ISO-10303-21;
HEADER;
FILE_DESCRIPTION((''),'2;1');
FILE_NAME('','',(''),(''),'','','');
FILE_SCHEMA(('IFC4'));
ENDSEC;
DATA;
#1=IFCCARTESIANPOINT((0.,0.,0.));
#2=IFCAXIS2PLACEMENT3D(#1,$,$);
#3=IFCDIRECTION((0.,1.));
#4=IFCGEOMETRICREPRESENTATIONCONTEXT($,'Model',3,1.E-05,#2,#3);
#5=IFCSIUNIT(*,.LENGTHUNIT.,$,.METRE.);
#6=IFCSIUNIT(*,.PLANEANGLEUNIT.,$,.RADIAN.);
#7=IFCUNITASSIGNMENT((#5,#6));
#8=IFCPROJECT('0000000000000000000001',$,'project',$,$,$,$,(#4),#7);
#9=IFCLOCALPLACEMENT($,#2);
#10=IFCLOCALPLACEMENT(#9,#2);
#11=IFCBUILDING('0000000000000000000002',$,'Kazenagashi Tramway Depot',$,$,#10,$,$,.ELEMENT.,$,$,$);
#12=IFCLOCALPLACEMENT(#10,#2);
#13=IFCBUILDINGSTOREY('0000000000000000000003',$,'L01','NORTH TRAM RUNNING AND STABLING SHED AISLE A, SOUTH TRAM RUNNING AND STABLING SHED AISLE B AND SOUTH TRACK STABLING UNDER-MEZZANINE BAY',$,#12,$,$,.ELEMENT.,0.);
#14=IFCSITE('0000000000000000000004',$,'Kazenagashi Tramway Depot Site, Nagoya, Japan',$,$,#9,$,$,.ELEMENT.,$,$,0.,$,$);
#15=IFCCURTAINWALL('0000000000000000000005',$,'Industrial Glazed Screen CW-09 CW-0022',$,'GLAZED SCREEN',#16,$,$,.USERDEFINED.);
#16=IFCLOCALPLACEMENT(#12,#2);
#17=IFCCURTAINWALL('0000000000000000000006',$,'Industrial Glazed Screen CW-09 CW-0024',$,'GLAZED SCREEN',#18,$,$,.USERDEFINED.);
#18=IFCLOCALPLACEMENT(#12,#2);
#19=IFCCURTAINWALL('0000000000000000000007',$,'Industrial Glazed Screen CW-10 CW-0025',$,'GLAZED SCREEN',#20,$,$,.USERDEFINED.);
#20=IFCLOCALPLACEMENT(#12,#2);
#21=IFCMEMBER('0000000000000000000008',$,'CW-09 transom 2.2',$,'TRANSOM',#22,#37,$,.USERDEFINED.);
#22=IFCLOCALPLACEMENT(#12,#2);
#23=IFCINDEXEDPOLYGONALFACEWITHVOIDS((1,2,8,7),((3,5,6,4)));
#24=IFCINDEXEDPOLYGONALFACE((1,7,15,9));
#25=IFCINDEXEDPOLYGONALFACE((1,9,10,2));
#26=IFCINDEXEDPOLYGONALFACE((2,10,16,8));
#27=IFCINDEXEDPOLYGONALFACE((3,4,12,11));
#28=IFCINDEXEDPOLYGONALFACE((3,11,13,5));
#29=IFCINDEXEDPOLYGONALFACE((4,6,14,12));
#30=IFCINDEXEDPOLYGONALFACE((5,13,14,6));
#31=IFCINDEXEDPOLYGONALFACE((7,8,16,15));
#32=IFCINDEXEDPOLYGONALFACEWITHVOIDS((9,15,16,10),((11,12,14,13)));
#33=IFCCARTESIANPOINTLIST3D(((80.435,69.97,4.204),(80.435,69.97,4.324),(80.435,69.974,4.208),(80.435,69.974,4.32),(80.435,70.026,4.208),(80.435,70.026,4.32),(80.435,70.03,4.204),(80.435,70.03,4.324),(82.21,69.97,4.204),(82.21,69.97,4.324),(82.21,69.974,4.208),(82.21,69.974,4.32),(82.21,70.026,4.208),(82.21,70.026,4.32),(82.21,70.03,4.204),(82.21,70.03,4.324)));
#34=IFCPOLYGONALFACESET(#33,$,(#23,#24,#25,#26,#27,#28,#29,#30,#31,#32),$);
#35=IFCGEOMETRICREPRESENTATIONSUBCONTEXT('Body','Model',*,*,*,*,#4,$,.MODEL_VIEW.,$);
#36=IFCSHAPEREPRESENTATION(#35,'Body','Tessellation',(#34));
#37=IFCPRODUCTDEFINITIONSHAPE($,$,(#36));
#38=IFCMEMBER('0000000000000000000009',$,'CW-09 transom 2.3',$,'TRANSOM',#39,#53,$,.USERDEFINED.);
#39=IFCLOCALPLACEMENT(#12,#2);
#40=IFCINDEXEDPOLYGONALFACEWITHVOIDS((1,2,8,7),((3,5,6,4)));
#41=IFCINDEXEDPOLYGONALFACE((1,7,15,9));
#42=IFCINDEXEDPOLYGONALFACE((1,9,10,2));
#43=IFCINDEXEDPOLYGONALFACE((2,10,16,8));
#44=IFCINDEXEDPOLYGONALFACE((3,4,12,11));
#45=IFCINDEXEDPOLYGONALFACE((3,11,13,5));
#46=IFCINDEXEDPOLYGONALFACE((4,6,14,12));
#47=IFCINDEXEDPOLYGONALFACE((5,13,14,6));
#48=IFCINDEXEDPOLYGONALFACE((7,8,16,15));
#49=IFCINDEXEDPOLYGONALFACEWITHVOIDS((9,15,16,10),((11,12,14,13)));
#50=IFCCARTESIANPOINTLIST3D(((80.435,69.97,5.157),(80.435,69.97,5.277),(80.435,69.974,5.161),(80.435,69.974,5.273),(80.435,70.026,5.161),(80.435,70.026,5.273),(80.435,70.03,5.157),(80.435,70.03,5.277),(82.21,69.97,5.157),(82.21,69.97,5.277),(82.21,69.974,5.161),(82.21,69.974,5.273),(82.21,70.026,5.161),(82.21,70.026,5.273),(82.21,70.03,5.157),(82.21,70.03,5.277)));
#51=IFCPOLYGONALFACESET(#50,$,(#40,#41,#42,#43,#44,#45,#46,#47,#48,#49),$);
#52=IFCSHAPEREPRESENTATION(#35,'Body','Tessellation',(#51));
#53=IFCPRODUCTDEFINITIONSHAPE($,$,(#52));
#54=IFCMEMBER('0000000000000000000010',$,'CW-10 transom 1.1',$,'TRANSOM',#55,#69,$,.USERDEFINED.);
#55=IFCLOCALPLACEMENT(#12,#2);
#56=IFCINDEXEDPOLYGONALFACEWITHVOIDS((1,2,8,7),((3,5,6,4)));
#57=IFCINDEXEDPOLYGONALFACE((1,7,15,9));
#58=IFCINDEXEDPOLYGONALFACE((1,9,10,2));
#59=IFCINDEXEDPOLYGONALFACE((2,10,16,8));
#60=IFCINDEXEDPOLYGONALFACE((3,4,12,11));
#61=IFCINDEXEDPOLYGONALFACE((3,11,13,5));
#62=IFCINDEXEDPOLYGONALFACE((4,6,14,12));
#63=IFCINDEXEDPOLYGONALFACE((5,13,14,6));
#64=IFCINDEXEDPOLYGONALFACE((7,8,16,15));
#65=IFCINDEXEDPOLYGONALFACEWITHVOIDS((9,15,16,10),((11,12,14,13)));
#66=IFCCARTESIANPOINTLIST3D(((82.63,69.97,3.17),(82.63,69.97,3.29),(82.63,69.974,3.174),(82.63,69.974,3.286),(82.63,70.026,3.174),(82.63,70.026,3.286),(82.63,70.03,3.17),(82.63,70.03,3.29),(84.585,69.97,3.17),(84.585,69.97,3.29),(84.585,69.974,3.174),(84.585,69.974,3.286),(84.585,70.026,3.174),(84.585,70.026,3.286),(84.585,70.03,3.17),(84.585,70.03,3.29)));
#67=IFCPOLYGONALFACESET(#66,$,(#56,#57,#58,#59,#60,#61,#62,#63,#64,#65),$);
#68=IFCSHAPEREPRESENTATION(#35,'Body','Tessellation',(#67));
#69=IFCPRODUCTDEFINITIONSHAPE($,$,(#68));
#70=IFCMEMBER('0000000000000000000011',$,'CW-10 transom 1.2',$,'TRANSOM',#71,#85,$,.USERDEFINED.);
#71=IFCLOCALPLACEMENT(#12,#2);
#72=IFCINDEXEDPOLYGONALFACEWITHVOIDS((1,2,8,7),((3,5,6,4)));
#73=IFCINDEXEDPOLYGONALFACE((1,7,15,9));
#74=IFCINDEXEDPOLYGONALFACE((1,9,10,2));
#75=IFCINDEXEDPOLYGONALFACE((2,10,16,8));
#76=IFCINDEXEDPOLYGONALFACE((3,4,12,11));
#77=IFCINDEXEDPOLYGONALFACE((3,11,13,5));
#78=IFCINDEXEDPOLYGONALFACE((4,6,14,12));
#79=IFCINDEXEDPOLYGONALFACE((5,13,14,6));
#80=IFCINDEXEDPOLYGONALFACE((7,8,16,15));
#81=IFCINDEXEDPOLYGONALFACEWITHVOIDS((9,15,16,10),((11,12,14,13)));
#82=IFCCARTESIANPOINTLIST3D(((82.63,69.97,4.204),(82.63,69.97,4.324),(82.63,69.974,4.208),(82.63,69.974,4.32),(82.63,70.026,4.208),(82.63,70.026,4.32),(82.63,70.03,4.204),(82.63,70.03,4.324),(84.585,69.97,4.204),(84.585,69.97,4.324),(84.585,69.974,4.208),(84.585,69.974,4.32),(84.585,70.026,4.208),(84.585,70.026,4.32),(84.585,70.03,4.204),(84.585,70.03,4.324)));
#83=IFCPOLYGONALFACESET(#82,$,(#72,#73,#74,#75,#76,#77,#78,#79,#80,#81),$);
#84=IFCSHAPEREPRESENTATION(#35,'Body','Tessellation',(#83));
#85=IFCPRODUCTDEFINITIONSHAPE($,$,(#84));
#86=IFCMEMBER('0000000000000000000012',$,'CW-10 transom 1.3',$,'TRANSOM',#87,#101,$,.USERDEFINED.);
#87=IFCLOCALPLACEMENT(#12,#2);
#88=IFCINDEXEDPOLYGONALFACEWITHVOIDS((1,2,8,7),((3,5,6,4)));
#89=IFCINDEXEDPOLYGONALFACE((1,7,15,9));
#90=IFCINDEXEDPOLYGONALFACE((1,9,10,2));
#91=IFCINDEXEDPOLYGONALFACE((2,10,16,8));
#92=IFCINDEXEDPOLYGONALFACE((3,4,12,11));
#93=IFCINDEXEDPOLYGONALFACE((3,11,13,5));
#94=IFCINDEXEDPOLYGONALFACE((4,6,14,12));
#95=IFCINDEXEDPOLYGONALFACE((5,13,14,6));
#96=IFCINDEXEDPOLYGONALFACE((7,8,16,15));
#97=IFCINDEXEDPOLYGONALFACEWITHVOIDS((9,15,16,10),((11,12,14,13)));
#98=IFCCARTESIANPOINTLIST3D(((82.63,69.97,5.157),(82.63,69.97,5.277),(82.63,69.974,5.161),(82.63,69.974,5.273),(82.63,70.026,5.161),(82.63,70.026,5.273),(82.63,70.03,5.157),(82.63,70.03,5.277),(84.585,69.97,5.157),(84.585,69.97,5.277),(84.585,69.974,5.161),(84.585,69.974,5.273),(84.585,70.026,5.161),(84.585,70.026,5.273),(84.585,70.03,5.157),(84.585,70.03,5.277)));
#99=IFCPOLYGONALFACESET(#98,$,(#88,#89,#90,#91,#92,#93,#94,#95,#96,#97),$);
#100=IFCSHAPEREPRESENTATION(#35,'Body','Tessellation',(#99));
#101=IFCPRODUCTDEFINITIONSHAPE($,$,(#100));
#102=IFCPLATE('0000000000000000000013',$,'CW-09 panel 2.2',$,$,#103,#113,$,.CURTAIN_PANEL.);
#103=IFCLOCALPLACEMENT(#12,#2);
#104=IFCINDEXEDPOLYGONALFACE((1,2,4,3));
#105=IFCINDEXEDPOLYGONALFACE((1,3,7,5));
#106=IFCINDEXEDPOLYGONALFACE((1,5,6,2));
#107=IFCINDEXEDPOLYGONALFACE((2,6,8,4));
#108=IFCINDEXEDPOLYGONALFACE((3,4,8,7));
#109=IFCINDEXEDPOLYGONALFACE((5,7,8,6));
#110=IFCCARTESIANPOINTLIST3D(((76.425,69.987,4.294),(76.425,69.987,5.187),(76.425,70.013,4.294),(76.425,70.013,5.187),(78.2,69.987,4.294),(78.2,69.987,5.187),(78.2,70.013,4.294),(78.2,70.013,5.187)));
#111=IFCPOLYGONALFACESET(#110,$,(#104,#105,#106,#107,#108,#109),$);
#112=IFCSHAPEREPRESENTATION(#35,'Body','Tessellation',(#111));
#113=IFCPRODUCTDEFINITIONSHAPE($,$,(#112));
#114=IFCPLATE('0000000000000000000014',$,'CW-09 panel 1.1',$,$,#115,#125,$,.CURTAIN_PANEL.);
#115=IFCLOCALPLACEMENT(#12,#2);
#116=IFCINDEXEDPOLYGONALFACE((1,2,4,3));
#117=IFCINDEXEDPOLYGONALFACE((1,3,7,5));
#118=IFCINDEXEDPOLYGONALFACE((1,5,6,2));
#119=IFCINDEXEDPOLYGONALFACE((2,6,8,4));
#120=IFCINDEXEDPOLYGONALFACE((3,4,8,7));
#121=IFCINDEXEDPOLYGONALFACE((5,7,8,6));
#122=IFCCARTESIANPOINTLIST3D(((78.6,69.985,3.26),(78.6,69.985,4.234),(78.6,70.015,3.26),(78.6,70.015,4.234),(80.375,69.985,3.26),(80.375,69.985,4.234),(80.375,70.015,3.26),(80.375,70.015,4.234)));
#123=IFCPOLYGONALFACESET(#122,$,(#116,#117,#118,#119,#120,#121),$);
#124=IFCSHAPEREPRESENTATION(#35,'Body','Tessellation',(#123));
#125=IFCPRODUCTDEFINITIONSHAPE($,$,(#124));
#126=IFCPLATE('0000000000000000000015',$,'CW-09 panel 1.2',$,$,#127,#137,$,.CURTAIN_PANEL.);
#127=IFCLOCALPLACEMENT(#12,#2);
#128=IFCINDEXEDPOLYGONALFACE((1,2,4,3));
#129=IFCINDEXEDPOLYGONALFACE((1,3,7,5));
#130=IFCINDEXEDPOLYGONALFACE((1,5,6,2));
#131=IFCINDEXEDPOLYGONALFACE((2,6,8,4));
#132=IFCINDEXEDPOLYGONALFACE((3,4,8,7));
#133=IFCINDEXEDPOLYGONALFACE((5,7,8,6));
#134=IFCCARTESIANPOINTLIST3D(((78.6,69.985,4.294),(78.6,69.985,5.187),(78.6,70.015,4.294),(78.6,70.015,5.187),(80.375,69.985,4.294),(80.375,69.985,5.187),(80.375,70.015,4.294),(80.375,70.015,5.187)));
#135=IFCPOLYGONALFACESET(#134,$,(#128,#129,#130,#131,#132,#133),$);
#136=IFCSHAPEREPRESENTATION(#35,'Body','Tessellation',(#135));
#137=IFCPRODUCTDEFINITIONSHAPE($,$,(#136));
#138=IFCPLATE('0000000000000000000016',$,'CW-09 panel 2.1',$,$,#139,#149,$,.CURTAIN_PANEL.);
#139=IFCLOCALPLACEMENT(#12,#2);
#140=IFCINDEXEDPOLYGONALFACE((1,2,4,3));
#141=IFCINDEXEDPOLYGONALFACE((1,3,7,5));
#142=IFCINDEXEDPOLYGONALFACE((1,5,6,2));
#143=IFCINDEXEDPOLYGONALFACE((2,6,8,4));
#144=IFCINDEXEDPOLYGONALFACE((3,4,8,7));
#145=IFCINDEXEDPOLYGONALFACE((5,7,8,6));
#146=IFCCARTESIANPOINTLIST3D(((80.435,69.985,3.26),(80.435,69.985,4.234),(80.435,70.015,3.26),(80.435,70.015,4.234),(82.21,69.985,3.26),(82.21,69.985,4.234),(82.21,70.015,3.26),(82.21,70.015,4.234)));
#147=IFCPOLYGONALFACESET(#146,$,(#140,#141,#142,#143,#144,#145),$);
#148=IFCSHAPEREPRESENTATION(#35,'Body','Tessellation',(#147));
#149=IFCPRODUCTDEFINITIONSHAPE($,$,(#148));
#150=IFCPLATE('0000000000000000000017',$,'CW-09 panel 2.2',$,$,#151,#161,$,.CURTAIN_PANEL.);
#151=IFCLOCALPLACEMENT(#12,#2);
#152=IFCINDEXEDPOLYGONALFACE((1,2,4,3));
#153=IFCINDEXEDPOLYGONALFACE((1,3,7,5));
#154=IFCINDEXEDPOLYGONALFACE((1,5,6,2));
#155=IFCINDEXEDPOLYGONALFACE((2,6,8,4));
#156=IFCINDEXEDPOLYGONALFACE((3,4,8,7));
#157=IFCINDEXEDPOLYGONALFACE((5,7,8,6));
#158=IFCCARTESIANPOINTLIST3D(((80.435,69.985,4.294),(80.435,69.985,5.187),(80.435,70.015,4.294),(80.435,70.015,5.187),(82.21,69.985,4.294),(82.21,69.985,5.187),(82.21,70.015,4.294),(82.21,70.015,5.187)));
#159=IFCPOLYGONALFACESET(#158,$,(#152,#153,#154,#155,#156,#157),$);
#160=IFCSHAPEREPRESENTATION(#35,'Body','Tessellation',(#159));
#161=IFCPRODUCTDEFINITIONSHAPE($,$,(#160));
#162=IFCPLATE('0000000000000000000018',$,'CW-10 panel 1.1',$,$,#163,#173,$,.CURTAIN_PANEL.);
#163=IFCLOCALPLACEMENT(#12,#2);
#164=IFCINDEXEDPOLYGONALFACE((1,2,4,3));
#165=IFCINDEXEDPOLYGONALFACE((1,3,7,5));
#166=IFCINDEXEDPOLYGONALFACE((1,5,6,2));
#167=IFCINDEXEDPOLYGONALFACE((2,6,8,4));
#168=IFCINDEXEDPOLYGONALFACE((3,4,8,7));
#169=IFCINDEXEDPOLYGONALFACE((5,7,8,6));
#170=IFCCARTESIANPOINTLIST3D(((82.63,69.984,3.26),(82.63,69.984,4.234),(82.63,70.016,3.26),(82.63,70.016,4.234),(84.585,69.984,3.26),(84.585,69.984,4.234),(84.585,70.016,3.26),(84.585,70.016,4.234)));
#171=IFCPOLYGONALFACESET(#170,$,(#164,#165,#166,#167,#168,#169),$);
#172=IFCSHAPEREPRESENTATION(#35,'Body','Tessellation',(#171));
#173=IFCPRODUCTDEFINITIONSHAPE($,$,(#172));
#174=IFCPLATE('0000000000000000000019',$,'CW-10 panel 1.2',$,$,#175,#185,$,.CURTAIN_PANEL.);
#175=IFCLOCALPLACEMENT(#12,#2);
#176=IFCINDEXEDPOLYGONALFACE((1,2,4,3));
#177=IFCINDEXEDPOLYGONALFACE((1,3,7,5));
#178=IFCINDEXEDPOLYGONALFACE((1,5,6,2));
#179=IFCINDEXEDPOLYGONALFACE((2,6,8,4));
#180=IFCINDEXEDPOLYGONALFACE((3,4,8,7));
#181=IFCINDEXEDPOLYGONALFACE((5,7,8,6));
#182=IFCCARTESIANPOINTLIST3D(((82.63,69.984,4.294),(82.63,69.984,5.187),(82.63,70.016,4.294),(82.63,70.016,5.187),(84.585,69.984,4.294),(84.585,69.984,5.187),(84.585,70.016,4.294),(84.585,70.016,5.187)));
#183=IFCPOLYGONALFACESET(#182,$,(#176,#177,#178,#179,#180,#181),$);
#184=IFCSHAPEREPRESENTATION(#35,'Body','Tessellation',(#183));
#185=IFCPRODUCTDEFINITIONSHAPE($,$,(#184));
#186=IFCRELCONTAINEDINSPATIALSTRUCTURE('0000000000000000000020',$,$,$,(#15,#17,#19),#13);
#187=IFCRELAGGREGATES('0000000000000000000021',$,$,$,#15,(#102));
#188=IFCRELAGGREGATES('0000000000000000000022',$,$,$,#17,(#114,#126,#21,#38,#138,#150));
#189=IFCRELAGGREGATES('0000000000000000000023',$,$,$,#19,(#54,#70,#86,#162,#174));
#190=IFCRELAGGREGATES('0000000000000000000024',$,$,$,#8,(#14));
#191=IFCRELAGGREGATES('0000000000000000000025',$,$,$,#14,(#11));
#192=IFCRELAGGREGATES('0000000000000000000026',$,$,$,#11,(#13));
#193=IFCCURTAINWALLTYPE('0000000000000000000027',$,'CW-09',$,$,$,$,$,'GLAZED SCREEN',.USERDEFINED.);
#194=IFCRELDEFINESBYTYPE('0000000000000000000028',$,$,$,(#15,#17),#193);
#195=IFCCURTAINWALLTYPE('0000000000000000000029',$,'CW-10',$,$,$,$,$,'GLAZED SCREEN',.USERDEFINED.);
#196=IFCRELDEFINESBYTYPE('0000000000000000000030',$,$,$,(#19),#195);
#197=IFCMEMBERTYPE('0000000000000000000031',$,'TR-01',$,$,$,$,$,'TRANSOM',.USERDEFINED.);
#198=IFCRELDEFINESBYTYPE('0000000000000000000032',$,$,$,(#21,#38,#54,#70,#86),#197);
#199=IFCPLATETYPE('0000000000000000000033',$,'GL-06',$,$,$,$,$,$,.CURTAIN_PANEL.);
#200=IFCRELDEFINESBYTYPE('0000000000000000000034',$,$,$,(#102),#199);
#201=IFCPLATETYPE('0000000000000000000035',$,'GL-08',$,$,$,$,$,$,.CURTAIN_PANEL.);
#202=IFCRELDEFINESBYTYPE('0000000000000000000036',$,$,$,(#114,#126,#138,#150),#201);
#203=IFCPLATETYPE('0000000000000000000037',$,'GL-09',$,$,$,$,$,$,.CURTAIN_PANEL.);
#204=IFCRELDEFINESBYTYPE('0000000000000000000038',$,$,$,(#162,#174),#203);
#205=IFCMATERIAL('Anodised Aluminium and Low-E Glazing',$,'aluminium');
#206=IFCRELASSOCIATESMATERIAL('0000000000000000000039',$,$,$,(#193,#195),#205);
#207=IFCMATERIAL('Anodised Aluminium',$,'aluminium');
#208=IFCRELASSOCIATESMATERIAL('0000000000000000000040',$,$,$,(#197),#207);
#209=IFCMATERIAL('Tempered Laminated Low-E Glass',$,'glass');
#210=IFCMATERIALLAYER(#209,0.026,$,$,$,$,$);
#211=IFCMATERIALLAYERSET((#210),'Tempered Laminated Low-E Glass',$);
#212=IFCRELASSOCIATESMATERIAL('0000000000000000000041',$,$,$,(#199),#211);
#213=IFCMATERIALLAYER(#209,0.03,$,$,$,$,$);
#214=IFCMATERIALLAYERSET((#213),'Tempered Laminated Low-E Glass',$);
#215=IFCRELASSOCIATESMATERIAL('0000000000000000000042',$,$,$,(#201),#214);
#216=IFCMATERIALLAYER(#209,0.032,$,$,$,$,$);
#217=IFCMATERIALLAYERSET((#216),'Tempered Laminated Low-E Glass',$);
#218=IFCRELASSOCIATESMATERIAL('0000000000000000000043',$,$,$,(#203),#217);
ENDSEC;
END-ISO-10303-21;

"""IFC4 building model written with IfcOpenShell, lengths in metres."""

from ifc_helpers import new_model, si_unit, direction, frame, origin, origin_2d, place, context, subcontext, project, spatial, rectangle, hollow_rectangle, extrude, material, layer, layer_set, material_profile, profile_set, type_object, element, aggregate, save


model = new_model("IFC4")

# Units and contexts
model_context = context("Model", 3, precision=1e-05, world=origin(), true_north=direction((0.0, 1.0)))
body_context = subcontext(model_context, "Body", "Model", "MODEL_VIEW")
ifc_project = project(units=[si_unit("LENGTHUNIT", "METRE"), si_unit("PLANEANGLEUNIT", "RADIAN")], contexts=[model_context])

# Site, building, storey
site_placement = place(None, origin())
site = spatial("IfcSite", under=ifc_project, at=site_placement, Name="Kazenagashi Tramway Depot Site, Nagoya, Japan", CompositionType="ELEMENT", RefElevation=0.0)
building_placement = place(site_placement, origin())
building = spatial("IfcBuilding", under=site, at=building_placement, Name="Kazenagashi Tramway Depot", CompositionType="ELEMENT")
storey_placement = place(building_placement, origin())
storey = spatial("IfcBuildingStorey", under=building, at=storey_placement, Name="L01", Description="NORTH TRAM RUNNING AND STABLING SHED AISLE A, SOUTH TRAM RUNNING AND STABLING SHED AISLE B AND SOUTH TRACK STABLING UNDER-MEZZANINE BAY", CompositionType="ELEMENT", Elevation=0.0)

# Curtain wall
ifc_material_1 = material(Name="Anodised Aluminium and Low-E Glazing", Category="aluminium")
curtain_wall_type_1 = type_object("IfcCurtainWallType", Name="CW-09", ElementType="GLAZED SCREEN", PredefinedType="USERDEFINED", material=ifc_material_1)
curtain_wall_1_placement = place(storey_placement, origin())
curtain_wall_1 = element("IfcCurtainWall", 1, at=curtain_wall_1_placement, inside=storey, type_object=curtain_wall_type_1, Name="Industrial Glazed Screen CW-09 CW-0022", ObjectType="GLAZED SCREEN", PredefinedType="USERDEFINED")
ifc_material_2 = material(Name="Anodised Aluminium", Category="aluminium")

# Curtain wall
curtain_wall_2_placement = place(storey_placement, origin())
curtain_wall_2 = element("IfcCurtainWall", 2, at=curtain_wall_2_placement, inside=storey, type_object=curtain_wall_type_1, Name="Industrial Glazed Screen CW-09 CW-0024", ObjectType="GLAZED SCREEN", PredefinedType="USERDEFINED")

# Curtain wall
curtain_wall_type_2 = type_object("IfcCurtainWallType", Name="CW-10", ElementType="GLAZED SCREEN", PredefinedType="USERDEFINED", material=ifc_material_1)
curtain_wall_3_placement = place(storey_placement, origin())
curtain_wall_3 = element("IfcCurtainWall", 3, at=curtain_wall_3_placement, inside=storey, type_object=curtain_wall_type_2, Name="Industrial Glazed Screen CW-10 CW-0025", ObjectType="GLAZED SCREEN", PredefinedType="USERDEFINED")

# Members
ifc_material_profile_1 = material_profile(ifc_material_2, hollow_rectangle(XDim=0.06, YDim=0.12, WallThickness=0.004, at=origin_2d()), Name="RHS-120x60x4")
ifc_profile_set_1 = profile_set([ifc_material_profile_1], Name="Anodised Aluminium")
member_type_1 = type_object("IfcMemberType", Name="TR-01", ElementType="TRANSOM", PredefinedType="USERDEFINED", material=ifc_profile_set_1)
member_1_placement = place(storey_placement, frame((80.435, 70.0, 4.264), z_axis=(1.0, 0.0, 0.0), x_axis=(0.0, 1.0, 0.0)))
member_1 = element("IfcMember", 4, at=member_1_placement, type_object=member_type_1, Name="CW-09 transom 2.2", ObjectType="TRANSOM", PredefinedType="USERDEFINED", context=body_context, shape_type="SweptSolid", body=[
    extrude(hollow_rectangle(XDim=0.06, YDim=0.12, WallThickness=0.004, at=origin_2d()), origin(), (0.0, 0.0, 1.0), 1.775),
])
member_2_placement = place(storey_placement, frame((80.435, 70.0, 5.217), z_axis=(1.0, 0.0, 0.0), x_axis=(0.0, 1.0, 0.0)))
member_2 = element("IfcMember", 5, at=member_2_placement, type_object=member_type_1, Name="CW-09 transom 2.3", ObjectType="TRANSOM", PredefinedType="USERDEFINED", context=body_context, shape_type="SweptSolid", body=[
    extrude(hollow_rectangle(XDim=0.06, YDim=0.12, WallThickness=0.004, at=origin_2d()), origin(), (0.0, 0.0, 1.0), 1.775),
])
member_3_placement = place(storey_placement, frame((82.63, 70.0, 3.23), z_axis=(1.0, 0.0, 0.0), x_axis=(0.0, 1.0, 0.0)))
member_3 = element("IfcMember", 6, at=member_3_placement, type_object=member_type_1, Name="CW-10 transom 1.1", ObjectType="TRANSOM", PredefinedType="USERDEFINED", context=body_context, shape_type="SweptSolid", body=[
    extrude(hollow_rectangle(XDim=0.06, YDim=0.12, WallThickness=0.004, at=origin_2d()), origin(), (0.0, 0.0, 1.0), 1.955),
])
member_4_placement = place(storey_placement, frame((82.63, 70.0, 4.264), z_axis=(1.0, 0.0, 0.0), x_axis=(0.0, 1.0, 0.0)))
member_4 = element("IfcMember", 7, at=member_4_placement, type_object=member_type_1, Name="CW-10 transom 1.2", ObjectType="TRANSOM", PredefinedType="USERDEFINED", context=body_context, shape_type="SweptSolid", body=[
    extrude(hollow_rectangle(XDim=0.06, YDim=0.12, WallThickness=0.004, at=origin_2d()), origin(), (0.0, 0.0, 1.0), 1.955),
])
member_5_placement = place(storey_placement, frame((82.63, 70.0, 5.217), z_axis=(1.0, 0.0, 0.0), x_axis=(0.0, 1.0, 0.0)))
member_5 = element("IfcMember", 8, at=member_5_placement, type_object=member_type_1, Name="CW-10 transom 1.3", ObjectType="TRANSOM", PredefinedType="USERDEFINED", context=body_context, shape_type="SweptSolid", body=[
    extrude(hollow_rectangle(XDim=0.06, YDim=0.12, WallThickness=0.004, at=origin_2d()), origin(), (0.0, 0.0, 1.0), 1.955),
])

# Plates
ifc_material_3 = material(Name="Tempered Laminated Low-E Glass", Category="glass")
ifc_layer_1 = layer(ifc_material_3, 0.026)
ifc_layer_set_1 = layer_set([ifc_layer_1], Name="Tempered Laminated Low-E Glass")
plate_type_1 = type_object("IfcPlateType", Name="GL-06", PredefinedType="CURTAIN_PANEL", material=ifc_layer_set_1)
plate_1_placement = place(storey_placement, frame((77.3125, 70.0, 4.294), z_axis=(0.0, 0.0, 1.0), x_axis=(1.0, 0.0, 0.0)))
plate_1 = element("IfcPlate", 9, at=plate_1_placement, type_object=plate_type_1, Name="CW-09 panel 2.2", PredefinedType="CURTAIN_PANEL", context=body_context, shape_type="SweptSolid", body=[
    extrude(rectangle(XDim=1.775, YDim=0.026, at=origin_2d()), origin(), (0.0, 0.0, 1.0), 0.893),
])
aggregate(curtain_wall_1, [plate_1])
ifc_layer_2 = layer(ifc_material_3, 0.03)
ifc_layer_set_2 = layer_set([ifc_layer_2], Name="Tempered Laminated Low-E Glass")
plate_type_2 = type_object("IfcPlateType", Name="GL-08", PredefinedType="CURTAIN_PANEL", material=ifc_layer_set_2)
plate_2_placement = place(storey_placement, frame((79.4875, 70.0, 3.26), z_axis=(0.0, 0.0, 1.0), x_axis=(1.0, 0.0, 0.0)))
plate_2 = element("IfcPlate", 10, at=plate_2_placement, type_object=plate_type_2, Name="CW-09 panel 1.1", PredefinedType="CURTAIN_PANEL", context=body_context, shape_type="SweptSolid", body=[
    extrude(rectangle(XDim=1.775, YDim=0.03, at=origin_2d()), origin(), (0.0, 0.0, 1.0), 0.974),
])
plate_3_placement = place(storey_placement, frame((79.4875, 70.0, 4.294), z_axis=(0.0, 0.0, 1.0), x_axis=(1.0, 0.0, 0.0)))
plate_3 = element("IfcPlate", 11, at=plate_3_placement, type_object=plate_type_2, Name="CW-09 panel 1.2", PredefinedType="CURTAIN_PANEL", context=body_context, shape_type="SweptSolid", body=[
    extrude(rectangle(XDim=1.775, YDim=0.03, at=origin_2d()), origin(), (0.0, 0.0, 1.0), 0.893),
])
plate_4_placement = place(storey_placement, frame((81.3225, 70.0, 3.26), z_axis=(0.0, 0.0, 1.0), x_axis=(1.0, 0.0, 0.0)))
plate_4 = element("IfcPlate", 12, at=plate_4_placement, type_object=plate_type_2, Name="CW-09 panel 2.1", PredefinedType="CURTAIN_PANEL", context=body_context, shape_type="SweptSolid", body=[
    extrude(rectangle(XDim=1.775, YDim=0.03, at=origin_2d()), origin(), (0.0, 0.0, 1.0), 0.974),
])
plate_5_placement = place(storey_placement, frame((81.3225, 70.0, 4.294), z_axis=(0.0, 0.0, 1.0), x_axis=(1.0, 0.0, 0.0)))
plate_5 = element("IfcPlate", 13, at=plate_5_placement, type_object=plate_type_2, Name="CW-09 panel 2.2", PredefinedType="CURTAIN_PANEL", context=body_context, shape_type="SweptSolid", body=[
    extrude(rectangle(XDim=1.775, YDim=0.03, at=origin_2d()), origin(), (0.0, 0.0, 1.0), 0.893),
])
aggregate(curtain_wall_2, [plate_2, plate_3, member_1, member_2, plate_4, plate_5])
ifc_layer_3 = layer(ifc_material_3, 0.032)
ifc_layer_set_3 = layer_set([ifc_layer_3], Name="Tempered Laminated Low-E Glass")
plate_type_3 = type_object("IfcPlateType", Name="GL-09", PredefinedType="CURTAIN_PANEL", material=ifc_layer_set_3)
plate_6_placement = place(storey_placement, frame((83.6075, 70.0, 3.26), z_axis=(0.0, 0.0, 1.0), x_axis=(1.0, 0.0, 0.0)))
plate_6 = element("IfcPlate", 14, at=plate_6_placement, type_object=plate_type_3, Name="CW-10 panel 1.1", PredefinedType="CURTAIN_PANEL", context=body_context, shape_type="SweptSolid", body=[
    extrude(rectangle(XDim=1.955, YDim=0.032, at=origin_2d()), origin(), (0.0, 0.0, 1.0), 0.974),
])
plate_7_placement = place(storey_placement, frame((83.6075, 70.0, 4.294), z_axis=(0.0, 0.0, 1.0), x_axis=(1.0, 0.0, 0.0)))
plate_7 = element("IfcPlate", 15, at=plate_7_placement, type_object=plate_type_3, Name="CW-10 panel 1.2", PredefinedType="CURTAIN_PANEL", context=body_context, shape_type="SweptSolid", body=[
    extrude(rectangle(XDim=1.955, YDim=0.032, at=origin_2d()), origin(), (0.0, 0.0, 1.0), 0.893),
])
aggregate(curtain_wall_3, [member_3, member_4, member_5, plate_6, plate_7])

save(model, "model.ifc")
